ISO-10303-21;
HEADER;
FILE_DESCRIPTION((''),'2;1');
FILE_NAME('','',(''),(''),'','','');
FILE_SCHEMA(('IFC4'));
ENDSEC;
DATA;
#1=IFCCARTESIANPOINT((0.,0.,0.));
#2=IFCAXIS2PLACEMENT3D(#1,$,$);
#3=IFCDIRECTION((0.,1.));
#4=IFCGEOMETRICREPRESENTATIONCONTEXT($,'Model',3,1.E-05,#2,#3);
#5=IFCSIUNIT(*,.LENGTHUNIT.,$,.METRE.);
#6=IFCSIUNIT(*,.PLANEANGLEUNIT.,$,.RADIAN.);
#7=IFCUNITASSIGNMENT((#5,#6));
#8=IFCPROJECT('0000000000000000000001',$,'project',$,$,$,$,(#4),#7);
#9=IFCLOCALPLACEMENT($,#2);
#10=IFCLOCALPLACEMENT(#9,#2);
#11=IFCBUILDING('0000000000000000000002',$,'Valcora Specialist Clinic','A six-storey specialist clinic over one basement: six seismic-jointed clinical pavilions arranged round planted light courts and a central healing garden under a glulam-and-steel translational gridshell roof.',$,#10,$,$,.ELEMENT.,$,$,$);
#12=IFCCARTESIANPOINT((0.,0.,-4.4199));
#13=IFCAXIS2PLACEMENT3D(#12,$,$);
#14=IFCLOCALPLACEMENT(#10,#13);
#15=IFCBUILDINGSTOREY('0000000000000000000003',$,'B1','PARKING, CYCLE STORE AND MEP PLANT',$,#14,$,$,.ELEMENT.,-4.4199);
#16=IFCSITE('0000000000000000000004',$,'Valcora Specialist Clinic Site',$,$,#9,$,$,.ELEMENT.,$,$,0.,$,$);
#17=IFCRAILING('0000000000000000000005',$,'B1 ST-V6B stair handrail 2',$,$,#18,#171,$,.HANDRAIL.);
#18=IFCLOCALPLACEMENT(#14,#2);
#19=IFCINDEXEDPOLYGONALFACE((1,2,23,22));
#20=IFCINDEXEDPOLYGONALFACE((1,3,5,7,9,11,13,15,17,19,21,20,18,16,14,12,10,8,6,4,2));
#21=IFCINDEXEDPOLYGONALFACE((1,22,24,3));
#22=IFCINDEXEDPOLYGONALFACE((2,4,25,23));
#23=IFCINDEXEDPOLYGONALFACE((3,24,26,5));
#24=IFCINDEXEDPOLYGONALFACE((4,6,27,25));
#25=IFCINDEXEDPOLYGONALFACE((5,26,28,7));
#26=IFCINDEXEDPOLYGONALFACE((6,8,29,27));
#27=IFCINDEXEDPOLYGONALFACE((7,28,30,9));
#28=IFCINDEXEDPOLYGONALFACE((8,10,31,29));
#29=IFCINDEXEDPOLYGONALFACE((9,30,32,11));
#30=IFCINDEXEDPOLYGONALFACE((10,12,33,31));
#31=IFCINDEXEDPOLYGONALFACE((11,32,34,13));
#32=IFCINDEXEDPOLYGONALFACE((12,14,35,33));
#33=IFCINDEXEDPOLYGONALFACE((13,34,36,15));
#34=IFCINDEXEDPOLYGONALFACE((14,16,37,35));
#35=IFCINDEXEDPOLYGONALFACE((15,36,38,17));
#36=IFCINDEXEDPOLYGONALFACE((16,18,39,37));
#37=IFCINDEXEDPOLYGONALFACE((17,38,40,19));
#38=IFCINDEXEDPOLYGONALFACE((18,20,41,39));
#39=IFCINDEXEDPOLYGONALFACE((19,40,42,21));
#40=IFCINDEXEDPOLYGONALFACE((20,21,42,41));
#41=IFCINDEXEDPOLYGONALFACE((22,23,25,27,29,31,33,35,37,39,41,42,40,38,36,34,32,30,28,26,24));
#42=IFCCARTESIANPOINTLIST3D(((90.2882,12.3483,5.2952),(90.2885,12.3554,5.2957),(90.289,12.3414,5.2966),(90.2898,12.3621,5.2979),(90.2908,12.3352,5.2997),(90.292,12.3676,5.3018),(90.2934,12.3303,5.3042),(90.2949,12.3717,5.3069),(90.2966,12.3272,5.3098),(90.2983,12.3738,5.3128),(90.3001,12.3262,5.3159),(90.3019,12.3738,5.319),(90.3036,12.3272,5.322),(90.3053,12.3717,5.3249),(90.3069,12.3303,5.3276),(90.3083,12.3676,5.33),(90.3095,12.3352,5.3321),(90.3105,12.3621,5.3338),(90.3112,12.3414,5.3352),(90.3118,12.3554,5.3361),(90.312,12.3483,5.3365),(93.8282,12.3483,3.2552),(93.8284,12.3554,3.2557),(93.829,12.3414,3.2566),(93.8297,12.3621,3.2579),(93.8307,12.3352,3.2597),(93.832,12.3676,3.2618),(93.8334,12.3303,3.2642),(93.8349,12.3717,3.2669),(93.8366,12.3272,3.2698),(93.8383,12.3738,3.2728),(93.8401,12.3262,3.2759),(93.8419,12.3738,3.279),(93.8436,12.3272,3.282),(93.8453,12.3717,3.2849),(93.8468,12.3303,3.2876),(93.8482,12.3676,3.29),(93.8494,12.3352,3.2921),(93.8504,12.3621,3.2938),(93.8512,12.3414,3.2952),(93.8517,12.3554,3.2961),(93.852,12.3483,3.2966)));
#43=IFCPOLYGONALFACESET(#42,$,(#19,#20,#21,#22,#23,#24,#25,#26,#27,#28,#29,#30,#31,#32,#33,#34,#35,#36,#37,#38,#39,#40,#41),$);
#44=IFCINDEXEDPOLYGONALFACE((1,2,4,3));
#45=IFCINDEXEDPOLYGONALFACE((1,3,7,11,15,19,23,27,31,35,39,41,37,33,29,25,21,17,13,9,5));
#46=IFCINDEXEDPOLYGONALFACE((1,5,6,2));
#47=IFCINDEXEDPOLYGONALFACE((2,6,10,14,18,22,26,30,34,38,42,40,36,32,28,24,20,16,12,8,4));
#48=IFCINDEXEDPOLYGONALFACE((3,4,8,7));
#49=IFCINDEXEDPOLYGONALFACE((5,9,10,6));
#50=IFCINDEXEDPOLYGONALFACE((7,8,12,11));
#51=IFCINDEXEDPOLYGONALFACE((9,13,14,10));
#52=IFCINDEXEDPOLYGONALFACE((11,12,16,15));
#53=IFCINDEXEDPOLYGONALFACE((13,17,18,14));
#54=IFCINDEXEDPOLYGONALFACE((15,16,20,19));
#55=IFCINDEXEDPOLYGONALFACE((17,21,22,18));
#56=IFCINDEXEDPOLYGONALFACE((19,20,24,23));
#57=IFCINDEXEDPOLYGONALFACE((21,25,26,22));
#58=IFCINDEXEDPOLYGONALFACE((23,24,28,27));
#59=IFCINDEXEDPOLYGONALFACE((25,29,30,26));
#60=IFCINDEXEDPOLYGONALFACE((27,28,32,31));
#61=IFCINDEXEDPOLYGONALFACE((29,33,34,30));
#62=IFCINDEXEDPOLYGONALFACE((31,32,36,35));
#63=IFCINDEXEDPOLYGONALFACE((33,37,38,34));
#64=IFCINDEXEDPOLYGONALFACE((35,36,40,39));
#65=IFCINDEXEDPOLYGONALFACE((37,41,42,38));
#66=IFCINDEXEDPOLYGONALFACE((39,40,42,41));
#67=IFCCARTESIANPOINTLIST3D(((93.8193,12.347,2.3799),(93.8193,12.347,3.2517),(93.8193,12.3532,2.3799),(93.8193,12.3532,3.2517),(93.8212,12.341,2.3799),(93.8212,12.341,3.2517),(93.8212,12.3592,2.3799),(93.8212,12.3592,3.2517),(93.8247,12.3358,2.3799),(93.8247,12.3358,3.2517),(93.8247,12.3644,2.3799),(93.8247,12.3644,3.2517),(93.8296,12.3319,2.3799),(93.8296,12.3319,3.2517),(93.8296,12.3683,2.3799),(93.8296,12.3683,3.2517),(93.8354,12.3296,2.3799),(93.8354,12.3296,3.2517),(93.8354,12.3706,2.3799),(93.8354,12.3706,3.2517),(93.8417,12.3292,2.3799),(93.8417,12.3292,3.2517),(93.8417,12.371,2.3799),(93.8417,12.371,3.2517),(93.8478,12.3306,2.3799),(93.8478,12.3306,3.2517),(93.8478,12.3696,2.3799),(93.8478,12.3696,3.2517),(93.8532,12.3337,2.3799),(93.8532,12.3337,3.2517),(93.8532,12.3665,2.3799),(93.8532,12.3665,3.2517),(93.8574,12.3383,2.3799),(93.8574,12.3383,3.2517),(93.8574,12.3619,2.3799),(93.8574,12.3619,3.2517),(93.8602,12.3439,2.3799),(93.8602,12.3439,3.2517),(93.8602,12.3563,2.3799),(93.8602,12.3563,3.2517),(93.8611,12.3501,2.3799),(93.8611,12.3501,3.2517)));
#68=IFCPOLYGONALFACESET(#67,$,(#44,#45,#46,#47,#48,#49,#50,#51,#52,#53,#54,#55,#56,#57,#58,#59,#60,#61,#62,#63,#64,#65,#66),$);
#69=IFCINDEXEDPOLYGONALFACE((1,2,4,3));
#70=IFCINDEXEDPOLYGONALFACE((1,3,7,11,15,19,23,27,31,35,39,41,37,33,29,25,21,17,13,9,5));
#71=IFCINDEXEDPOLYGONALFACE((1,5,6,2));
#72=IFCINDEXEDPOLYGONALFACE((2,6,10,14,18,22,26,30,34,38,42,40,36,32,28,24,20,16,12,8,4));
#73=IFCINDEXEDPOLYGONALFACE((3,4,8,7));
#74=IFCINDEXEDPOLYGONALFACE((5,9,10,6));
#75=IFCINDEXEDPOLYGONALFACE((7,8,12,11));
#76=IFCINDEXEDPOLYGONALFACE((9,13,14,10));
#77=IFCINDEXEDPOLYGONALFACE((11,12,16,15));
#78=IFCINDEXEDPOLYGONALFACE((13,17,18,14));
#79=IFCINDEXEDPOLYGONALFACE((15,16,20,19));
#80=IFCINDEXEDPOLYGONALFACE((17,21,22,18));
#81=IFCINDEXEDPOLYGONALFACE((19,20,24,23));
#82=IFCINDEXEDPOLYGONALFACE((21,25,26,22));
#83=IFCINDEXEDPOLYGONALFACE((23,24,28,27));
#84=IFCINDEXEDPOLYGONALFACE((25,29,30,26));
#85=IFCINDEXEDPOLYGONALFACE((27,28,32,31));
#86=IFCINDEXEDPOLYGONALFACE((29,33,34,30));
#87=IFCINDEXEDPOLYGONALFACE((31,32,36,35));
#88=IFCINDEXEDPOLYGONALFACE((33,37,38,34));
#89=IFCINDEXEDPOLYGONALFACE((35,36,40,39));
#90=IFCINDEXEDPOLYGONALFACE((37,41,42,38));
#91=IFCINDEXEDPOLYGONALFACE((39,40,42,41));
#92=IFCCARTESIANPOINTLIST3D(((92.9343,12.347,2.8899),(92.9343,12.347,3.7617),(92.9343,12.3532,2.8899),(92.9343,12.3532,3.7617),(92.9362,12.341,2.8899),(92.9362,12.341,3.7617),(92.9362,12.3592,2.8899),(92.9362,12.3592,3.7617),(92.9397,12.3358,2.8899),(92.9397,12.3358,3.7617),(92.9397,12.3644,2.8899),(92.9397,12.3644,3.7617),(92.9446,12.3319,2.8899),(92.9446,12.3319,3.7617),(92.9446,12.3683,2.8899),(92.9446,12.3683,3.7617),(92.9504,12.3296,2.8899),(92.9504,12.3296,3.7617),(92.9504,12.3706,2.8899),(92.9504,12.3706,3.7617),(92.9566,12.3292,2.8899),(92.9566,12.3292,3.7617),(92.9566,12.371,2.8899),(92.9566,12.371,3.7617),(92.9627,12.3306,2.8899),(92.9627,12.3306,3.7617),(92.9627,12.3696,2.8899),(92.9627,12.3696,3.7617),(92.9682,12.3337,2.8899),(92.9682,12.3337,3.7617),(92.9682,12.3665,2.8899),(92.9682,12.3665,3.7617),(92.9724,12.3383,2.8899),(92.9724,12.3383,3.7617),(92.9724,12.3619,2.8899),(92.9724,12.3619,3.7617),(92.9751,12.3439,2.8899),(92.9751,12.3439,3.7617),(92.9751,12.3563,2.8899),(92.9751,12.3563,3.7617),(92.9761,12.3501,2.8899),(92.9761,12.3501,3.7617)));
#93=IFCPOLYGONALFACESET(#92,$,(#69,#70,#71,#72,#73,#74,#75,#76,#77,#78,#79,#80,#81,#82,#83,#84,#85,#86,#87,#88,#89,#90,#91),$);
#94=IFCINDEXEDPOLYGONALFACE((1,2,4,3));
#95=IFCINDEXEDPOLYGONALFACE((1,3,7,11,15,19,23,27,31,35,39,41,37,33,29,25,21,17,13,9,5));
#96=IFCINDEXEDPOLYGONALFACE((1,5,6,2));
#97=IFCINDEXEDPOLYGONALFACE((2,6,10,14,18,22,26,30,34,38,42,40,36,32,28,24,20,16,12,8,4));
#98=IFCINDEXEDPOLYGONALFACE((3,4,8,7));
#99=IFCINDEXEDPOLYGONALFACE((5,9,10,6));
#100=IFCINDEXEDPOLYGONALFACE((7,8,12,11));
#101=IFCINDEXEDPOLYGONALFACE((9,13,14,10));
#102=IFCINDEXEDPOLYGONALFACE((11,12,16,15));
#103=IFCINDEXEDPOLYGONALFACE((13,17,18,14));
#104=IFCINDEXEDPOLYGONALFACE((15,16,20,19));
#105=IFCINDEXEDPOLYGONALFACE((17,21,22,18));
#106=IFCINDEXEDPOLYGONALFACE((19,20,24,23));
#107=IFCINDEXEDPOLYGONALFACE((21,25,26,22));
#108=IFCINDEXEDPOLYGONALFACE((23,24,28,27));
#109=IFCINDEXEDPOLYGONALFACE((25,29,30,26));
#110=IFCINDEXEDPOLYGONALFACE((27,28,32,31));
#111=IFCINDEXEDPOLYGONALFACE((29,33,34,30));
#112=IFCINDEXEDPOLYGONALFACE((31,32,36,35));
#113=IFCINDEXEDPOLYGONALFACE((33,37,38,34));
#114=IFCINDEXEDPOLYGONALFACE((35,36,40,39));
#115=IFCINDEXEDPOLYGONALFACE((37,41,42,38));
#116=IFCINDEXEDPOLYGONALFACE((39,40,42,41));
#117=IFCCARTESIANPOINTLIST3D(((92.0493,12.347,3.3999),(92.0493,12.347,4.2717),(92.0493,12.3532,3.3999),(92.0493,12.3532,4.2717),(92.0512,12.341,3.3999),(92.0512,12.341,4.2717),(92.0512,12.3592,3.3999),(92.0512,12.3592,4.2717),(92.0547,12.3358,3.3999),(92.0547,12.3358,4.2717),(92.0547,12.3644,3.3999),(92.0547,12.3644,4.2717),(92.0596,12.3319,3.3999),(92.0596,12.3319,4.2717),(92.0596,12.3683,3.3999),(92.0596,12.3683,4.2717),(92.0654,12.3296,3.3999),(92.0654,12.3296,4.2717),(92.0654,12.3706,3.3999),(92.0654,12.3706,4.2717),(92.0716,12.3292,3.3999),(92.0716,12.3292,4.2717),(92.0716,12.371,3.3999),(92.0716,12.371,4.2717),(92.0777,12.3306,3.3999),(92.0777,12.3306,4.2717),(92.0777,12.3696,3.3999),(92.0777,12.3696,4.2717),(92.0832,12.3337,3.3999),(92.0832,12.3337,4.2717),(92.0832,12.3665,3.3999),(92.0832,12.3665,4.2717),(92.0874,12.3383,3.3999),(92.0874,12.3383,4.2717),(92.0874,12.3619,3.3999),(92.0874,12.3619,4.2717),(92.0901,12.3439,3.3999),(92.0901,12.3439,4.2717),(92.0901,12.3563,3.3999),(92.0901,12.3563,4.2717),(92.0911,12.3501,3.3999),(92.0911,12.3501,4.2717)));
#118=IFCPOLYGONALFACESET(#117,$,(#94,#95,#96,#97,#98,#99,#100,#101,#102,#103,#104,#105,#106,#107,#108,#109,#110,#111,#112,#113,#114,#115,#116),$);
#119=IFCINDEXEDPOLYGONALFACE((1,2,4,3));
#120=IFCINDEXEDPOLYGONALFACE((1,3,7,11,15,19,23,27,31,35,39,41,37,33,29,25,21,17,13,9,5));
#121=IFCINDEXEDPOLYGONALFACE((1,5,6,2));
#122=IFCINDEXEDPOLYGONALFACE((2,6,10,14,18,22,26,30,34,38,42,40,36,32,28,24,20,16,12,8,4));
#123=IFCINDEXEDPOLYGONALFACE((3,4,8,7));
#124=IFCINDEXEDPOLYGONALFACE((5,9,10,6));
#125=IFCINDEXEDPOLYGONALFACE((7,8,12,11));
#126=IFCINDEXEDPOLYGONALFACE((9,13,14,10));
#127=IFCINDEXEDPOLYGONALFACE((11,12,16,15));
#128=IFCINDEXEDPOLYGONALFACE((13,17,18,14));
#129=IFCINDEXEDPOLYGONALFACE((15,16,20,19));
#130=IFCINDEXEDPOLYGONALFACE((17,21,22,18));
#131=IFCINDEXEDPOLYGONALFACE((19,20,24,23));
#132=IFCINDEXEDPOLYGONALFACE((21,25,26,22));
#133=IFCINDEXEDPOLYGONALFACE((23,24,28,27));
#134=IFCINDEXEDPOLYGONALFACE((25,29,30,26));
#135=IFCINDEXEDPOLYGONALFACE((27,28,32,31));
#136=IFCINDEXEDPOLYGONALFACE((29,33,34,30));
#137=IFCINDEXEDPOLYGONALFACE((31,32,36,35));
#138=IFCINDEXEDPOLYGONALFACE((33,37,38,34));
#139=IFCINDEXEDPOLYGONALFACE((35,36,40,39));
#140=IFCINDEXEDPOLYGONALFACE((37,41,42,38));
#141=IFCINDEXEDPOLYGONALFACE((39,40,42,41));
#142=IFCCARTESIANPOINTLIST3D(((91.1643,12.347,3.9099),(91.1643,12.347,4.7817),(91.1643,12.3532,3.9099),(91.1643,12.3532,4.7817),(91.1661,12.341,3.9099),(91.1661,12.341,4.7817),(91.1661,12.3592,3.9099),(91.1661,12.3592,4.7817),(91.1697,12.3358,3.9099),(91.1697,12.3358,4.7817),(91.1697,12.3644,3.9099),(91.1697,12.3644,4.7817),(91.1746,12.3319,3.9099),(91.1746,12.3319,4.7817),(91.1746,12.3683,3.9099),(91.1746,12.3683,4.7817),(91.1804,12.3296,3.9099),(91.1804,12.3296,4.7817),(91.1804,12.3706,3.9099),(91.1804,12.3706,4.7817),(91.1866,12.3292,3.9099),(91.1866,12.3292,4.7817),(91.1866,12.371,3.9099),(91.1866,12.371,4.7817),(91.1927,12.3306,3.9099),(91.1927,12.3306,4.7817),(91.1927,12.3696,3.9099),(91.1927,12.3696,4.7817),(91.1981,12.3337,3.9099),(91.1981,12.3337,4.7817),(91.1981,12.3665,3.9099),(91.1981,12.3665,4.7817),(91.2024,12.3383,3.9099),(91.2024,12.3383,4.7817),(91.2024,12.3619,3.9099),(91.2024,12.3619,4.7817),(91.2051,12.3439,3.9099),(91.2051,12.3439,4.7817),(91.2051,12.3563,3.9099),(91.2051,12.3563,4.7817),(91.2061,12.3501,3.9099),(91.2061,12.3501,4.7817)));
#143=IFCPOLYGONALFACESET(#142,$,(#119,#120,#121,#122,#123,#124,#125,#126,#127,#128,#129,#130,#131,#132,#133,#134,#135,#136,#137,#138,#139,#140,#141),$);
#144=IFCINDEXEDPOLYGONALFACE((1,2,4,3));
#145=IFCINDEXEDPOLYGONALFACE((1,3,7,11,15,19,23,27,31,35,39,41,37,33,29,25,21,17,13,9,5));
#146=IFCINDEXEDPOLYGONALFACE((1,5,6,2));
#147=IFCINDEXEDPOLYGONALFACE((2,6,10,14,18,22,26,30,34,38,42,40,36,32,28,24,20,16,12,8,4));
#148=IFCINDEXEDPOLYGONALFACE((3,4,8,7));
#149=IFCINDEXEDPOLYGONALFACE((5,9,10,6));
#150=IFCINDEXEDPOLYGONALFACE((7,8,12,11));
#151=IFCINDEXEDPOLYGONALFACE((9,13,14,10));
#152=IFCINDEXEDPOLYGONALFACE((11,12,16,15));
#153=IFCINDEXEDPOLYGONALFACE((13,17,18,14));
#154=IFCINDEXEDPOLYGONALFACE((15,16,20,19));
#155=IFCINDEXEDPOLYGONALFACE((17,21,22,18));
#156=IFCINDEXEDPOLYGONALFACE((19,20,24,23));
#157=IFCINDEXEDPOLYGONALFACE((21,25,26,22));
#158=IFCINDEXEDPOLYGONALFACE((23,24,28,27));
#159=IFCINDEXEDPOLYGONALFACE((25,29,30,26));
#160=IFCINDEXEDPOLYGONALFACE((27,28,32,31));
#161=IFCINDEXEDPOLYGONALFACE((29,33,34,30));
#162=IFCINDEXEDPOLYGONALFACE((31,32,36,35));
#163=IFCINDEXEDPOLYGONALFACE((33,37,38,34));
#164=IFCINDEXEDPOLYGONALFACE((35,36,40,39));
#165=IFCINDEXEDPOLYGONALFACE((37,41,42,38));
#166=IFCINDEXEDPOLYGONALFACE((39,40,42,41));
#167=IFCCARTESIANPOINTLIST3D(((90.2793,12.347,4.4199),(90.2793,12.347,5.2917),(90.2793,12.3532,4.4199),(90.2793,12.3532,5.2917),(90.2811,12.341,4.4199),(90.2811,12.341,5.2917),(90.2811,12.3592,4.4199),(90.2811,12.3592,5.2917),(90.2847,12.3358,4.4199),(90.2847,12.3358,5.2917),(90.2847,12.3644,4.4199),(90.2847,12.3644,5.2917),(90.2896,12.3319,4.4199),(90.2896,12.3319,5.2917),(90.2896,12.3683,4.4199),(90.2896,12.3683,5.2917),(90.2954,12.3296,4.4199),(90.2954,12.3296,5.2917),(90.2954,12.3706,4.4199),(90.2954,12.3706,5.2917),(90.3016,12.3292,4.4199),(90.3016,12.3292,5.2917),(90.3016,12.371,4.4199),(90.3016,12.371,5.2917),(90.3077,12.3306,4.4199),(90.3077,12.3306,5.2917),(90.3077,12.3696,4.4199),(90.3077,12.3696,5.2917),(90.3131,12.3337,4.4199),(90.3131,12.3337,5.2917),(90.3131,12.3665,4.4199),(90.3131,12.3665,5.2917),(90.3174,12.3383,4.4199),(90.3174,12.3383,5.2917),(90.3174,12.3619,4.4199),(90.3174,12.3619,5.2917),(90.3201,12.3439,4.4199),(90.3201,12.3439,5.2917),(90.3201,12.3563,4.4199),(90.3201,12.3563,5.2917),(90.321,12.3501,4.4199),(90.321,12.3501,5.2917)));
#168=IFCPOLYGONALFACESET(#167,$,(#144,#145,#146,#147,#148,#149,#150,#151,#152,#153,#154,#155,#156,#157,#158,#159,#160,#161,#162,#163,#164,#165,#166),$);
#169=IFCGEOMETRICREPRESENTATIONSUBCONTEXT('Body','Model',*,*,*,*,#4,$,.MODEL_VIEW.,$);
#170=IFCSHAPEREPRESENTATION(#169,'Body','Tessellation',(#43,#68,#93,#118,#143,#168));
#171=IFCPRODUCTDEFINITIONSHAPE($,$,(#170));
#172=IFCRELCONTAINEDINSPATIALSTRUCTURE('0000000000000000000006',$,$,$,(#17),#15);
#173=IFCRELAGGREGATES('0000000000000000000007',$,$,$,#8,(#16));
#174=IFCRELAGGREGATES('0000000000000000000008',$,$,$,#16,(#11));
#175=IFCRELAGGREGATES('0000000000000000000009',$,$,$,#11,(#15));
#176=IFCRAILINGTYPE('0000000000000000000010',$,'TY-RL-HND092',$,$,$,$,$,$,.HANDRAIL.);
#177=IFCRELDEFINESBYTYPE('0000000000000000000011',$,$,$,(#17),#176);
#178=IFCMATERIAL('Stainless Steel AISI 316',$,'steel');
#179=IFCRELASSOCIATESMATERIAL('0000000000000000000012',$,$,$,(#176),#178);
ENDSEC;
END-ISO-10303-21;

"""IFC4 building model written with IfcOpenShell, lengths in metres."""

from ifc_helpers import new_model, si_unit, direction, frame, origin, origin_2d, place, context, subcontext, project, spatial, circle, extrude, material, type_object, element, save


model = new_model("IFC4")

# Units and contexts
model_context = context("Model", 3, precision=1e-05, world=origin(), true_north=direction((0.0, 1.0)))
body_context = subcontext(model_context, "Body", "Model", "MODEL_VIEW")
ifc_project = project(units=[si_unit("LENGTHUNIT", "METRE"), si_unit("PLANEANGLEUNIT", "RADIAN")], contexts=[model_context])

# Site, building, storey
site_placement = place(None, origin())
site = spatial("IfcSite", under=ifc_project, at=site_placement, Name="Valcora Specialist Clinic Site", CompositionType="ELEMENT", RefElevation=0.0)
building_placement = place(site_placement, origin())
building = spatial("IfcBuilding", under=site, at=building_placement, Name="Valcora Specialist Clinic", Description="A six-storey specialist clinic over one basement: six seismic-jointed clinical pavilions arranged round planted light courts and a central healing garden under a glulam-and-steel translational gridshell roof.", CompositionType="ELEMENT")
storey_placement = place(building_placement, frame((0.0, 0.0, -4.4199)))
storey = spatial("IfcBuildingStorey", under=building, at=storey_placement, Name="B1", Description="PARKING, CYCLE STORE AND MEP PLANT", CompositionType="ELEMENT", Elevation=-4.4199)

# Shared definitions
ifc_material_1 = material(Name="Stainless Steel AISI 316", Category="steel")

# Railing
railing_type = type_object("IfcRailingType", Name="TY-RL-HND092", PredefinedType="HANDRAIL", material=ifc_material_1)
railing_placement = place(storey_placement, frame((93.8401, 12.3501, 2.3799)))
element("IfcRailing", 1, at=railing_placement, inside=storey, type_object=railing_type, Name="B1 ST-V6B stair handrail 2", PredefinedType="HANDRAIL", context=body_context, shape_type="SweptSolid", body=[
    extrude(circle(Radius=0.0239, at=origin_2d()), frame((0.0, 0.0, 0.896), z_axis=(-0.866428, 0.0, 0.499302), x_axis=(0.0, -1.0, 0.0)), (0.0, 0.0, 1.0), 4.0857),
    extrude(circle(Radius=0.021, at=origin_2d()), origin(), (0.0, 0.0, 1.0), 0.8718),
    extrude(circle(Radius=0.021, at=origin_2d()), frame((-0.885, 0.0, 0.51)), (0.0, 0.0, 1.0), 0.8718),
    extrude(circle(Radius=0.021, at=origin_2d()), frame((-1.77, 0.0, 1.02)), (0.0, 0.0, 1.0), 0.8718),
    extrude(circle(Radius=0.021, at=origin_2d()), frame((-2.655, 0.0, 1.53)), (0.0, 0.0, 1.0), 0.8718),
    extrude(circle(Radius=0.021, at=origin_2d()), frame((-3.54, 0.0, 2.04)), (0.0, 0.0, 1.0), 0.8718),
])

save(model, "model.ifc")
